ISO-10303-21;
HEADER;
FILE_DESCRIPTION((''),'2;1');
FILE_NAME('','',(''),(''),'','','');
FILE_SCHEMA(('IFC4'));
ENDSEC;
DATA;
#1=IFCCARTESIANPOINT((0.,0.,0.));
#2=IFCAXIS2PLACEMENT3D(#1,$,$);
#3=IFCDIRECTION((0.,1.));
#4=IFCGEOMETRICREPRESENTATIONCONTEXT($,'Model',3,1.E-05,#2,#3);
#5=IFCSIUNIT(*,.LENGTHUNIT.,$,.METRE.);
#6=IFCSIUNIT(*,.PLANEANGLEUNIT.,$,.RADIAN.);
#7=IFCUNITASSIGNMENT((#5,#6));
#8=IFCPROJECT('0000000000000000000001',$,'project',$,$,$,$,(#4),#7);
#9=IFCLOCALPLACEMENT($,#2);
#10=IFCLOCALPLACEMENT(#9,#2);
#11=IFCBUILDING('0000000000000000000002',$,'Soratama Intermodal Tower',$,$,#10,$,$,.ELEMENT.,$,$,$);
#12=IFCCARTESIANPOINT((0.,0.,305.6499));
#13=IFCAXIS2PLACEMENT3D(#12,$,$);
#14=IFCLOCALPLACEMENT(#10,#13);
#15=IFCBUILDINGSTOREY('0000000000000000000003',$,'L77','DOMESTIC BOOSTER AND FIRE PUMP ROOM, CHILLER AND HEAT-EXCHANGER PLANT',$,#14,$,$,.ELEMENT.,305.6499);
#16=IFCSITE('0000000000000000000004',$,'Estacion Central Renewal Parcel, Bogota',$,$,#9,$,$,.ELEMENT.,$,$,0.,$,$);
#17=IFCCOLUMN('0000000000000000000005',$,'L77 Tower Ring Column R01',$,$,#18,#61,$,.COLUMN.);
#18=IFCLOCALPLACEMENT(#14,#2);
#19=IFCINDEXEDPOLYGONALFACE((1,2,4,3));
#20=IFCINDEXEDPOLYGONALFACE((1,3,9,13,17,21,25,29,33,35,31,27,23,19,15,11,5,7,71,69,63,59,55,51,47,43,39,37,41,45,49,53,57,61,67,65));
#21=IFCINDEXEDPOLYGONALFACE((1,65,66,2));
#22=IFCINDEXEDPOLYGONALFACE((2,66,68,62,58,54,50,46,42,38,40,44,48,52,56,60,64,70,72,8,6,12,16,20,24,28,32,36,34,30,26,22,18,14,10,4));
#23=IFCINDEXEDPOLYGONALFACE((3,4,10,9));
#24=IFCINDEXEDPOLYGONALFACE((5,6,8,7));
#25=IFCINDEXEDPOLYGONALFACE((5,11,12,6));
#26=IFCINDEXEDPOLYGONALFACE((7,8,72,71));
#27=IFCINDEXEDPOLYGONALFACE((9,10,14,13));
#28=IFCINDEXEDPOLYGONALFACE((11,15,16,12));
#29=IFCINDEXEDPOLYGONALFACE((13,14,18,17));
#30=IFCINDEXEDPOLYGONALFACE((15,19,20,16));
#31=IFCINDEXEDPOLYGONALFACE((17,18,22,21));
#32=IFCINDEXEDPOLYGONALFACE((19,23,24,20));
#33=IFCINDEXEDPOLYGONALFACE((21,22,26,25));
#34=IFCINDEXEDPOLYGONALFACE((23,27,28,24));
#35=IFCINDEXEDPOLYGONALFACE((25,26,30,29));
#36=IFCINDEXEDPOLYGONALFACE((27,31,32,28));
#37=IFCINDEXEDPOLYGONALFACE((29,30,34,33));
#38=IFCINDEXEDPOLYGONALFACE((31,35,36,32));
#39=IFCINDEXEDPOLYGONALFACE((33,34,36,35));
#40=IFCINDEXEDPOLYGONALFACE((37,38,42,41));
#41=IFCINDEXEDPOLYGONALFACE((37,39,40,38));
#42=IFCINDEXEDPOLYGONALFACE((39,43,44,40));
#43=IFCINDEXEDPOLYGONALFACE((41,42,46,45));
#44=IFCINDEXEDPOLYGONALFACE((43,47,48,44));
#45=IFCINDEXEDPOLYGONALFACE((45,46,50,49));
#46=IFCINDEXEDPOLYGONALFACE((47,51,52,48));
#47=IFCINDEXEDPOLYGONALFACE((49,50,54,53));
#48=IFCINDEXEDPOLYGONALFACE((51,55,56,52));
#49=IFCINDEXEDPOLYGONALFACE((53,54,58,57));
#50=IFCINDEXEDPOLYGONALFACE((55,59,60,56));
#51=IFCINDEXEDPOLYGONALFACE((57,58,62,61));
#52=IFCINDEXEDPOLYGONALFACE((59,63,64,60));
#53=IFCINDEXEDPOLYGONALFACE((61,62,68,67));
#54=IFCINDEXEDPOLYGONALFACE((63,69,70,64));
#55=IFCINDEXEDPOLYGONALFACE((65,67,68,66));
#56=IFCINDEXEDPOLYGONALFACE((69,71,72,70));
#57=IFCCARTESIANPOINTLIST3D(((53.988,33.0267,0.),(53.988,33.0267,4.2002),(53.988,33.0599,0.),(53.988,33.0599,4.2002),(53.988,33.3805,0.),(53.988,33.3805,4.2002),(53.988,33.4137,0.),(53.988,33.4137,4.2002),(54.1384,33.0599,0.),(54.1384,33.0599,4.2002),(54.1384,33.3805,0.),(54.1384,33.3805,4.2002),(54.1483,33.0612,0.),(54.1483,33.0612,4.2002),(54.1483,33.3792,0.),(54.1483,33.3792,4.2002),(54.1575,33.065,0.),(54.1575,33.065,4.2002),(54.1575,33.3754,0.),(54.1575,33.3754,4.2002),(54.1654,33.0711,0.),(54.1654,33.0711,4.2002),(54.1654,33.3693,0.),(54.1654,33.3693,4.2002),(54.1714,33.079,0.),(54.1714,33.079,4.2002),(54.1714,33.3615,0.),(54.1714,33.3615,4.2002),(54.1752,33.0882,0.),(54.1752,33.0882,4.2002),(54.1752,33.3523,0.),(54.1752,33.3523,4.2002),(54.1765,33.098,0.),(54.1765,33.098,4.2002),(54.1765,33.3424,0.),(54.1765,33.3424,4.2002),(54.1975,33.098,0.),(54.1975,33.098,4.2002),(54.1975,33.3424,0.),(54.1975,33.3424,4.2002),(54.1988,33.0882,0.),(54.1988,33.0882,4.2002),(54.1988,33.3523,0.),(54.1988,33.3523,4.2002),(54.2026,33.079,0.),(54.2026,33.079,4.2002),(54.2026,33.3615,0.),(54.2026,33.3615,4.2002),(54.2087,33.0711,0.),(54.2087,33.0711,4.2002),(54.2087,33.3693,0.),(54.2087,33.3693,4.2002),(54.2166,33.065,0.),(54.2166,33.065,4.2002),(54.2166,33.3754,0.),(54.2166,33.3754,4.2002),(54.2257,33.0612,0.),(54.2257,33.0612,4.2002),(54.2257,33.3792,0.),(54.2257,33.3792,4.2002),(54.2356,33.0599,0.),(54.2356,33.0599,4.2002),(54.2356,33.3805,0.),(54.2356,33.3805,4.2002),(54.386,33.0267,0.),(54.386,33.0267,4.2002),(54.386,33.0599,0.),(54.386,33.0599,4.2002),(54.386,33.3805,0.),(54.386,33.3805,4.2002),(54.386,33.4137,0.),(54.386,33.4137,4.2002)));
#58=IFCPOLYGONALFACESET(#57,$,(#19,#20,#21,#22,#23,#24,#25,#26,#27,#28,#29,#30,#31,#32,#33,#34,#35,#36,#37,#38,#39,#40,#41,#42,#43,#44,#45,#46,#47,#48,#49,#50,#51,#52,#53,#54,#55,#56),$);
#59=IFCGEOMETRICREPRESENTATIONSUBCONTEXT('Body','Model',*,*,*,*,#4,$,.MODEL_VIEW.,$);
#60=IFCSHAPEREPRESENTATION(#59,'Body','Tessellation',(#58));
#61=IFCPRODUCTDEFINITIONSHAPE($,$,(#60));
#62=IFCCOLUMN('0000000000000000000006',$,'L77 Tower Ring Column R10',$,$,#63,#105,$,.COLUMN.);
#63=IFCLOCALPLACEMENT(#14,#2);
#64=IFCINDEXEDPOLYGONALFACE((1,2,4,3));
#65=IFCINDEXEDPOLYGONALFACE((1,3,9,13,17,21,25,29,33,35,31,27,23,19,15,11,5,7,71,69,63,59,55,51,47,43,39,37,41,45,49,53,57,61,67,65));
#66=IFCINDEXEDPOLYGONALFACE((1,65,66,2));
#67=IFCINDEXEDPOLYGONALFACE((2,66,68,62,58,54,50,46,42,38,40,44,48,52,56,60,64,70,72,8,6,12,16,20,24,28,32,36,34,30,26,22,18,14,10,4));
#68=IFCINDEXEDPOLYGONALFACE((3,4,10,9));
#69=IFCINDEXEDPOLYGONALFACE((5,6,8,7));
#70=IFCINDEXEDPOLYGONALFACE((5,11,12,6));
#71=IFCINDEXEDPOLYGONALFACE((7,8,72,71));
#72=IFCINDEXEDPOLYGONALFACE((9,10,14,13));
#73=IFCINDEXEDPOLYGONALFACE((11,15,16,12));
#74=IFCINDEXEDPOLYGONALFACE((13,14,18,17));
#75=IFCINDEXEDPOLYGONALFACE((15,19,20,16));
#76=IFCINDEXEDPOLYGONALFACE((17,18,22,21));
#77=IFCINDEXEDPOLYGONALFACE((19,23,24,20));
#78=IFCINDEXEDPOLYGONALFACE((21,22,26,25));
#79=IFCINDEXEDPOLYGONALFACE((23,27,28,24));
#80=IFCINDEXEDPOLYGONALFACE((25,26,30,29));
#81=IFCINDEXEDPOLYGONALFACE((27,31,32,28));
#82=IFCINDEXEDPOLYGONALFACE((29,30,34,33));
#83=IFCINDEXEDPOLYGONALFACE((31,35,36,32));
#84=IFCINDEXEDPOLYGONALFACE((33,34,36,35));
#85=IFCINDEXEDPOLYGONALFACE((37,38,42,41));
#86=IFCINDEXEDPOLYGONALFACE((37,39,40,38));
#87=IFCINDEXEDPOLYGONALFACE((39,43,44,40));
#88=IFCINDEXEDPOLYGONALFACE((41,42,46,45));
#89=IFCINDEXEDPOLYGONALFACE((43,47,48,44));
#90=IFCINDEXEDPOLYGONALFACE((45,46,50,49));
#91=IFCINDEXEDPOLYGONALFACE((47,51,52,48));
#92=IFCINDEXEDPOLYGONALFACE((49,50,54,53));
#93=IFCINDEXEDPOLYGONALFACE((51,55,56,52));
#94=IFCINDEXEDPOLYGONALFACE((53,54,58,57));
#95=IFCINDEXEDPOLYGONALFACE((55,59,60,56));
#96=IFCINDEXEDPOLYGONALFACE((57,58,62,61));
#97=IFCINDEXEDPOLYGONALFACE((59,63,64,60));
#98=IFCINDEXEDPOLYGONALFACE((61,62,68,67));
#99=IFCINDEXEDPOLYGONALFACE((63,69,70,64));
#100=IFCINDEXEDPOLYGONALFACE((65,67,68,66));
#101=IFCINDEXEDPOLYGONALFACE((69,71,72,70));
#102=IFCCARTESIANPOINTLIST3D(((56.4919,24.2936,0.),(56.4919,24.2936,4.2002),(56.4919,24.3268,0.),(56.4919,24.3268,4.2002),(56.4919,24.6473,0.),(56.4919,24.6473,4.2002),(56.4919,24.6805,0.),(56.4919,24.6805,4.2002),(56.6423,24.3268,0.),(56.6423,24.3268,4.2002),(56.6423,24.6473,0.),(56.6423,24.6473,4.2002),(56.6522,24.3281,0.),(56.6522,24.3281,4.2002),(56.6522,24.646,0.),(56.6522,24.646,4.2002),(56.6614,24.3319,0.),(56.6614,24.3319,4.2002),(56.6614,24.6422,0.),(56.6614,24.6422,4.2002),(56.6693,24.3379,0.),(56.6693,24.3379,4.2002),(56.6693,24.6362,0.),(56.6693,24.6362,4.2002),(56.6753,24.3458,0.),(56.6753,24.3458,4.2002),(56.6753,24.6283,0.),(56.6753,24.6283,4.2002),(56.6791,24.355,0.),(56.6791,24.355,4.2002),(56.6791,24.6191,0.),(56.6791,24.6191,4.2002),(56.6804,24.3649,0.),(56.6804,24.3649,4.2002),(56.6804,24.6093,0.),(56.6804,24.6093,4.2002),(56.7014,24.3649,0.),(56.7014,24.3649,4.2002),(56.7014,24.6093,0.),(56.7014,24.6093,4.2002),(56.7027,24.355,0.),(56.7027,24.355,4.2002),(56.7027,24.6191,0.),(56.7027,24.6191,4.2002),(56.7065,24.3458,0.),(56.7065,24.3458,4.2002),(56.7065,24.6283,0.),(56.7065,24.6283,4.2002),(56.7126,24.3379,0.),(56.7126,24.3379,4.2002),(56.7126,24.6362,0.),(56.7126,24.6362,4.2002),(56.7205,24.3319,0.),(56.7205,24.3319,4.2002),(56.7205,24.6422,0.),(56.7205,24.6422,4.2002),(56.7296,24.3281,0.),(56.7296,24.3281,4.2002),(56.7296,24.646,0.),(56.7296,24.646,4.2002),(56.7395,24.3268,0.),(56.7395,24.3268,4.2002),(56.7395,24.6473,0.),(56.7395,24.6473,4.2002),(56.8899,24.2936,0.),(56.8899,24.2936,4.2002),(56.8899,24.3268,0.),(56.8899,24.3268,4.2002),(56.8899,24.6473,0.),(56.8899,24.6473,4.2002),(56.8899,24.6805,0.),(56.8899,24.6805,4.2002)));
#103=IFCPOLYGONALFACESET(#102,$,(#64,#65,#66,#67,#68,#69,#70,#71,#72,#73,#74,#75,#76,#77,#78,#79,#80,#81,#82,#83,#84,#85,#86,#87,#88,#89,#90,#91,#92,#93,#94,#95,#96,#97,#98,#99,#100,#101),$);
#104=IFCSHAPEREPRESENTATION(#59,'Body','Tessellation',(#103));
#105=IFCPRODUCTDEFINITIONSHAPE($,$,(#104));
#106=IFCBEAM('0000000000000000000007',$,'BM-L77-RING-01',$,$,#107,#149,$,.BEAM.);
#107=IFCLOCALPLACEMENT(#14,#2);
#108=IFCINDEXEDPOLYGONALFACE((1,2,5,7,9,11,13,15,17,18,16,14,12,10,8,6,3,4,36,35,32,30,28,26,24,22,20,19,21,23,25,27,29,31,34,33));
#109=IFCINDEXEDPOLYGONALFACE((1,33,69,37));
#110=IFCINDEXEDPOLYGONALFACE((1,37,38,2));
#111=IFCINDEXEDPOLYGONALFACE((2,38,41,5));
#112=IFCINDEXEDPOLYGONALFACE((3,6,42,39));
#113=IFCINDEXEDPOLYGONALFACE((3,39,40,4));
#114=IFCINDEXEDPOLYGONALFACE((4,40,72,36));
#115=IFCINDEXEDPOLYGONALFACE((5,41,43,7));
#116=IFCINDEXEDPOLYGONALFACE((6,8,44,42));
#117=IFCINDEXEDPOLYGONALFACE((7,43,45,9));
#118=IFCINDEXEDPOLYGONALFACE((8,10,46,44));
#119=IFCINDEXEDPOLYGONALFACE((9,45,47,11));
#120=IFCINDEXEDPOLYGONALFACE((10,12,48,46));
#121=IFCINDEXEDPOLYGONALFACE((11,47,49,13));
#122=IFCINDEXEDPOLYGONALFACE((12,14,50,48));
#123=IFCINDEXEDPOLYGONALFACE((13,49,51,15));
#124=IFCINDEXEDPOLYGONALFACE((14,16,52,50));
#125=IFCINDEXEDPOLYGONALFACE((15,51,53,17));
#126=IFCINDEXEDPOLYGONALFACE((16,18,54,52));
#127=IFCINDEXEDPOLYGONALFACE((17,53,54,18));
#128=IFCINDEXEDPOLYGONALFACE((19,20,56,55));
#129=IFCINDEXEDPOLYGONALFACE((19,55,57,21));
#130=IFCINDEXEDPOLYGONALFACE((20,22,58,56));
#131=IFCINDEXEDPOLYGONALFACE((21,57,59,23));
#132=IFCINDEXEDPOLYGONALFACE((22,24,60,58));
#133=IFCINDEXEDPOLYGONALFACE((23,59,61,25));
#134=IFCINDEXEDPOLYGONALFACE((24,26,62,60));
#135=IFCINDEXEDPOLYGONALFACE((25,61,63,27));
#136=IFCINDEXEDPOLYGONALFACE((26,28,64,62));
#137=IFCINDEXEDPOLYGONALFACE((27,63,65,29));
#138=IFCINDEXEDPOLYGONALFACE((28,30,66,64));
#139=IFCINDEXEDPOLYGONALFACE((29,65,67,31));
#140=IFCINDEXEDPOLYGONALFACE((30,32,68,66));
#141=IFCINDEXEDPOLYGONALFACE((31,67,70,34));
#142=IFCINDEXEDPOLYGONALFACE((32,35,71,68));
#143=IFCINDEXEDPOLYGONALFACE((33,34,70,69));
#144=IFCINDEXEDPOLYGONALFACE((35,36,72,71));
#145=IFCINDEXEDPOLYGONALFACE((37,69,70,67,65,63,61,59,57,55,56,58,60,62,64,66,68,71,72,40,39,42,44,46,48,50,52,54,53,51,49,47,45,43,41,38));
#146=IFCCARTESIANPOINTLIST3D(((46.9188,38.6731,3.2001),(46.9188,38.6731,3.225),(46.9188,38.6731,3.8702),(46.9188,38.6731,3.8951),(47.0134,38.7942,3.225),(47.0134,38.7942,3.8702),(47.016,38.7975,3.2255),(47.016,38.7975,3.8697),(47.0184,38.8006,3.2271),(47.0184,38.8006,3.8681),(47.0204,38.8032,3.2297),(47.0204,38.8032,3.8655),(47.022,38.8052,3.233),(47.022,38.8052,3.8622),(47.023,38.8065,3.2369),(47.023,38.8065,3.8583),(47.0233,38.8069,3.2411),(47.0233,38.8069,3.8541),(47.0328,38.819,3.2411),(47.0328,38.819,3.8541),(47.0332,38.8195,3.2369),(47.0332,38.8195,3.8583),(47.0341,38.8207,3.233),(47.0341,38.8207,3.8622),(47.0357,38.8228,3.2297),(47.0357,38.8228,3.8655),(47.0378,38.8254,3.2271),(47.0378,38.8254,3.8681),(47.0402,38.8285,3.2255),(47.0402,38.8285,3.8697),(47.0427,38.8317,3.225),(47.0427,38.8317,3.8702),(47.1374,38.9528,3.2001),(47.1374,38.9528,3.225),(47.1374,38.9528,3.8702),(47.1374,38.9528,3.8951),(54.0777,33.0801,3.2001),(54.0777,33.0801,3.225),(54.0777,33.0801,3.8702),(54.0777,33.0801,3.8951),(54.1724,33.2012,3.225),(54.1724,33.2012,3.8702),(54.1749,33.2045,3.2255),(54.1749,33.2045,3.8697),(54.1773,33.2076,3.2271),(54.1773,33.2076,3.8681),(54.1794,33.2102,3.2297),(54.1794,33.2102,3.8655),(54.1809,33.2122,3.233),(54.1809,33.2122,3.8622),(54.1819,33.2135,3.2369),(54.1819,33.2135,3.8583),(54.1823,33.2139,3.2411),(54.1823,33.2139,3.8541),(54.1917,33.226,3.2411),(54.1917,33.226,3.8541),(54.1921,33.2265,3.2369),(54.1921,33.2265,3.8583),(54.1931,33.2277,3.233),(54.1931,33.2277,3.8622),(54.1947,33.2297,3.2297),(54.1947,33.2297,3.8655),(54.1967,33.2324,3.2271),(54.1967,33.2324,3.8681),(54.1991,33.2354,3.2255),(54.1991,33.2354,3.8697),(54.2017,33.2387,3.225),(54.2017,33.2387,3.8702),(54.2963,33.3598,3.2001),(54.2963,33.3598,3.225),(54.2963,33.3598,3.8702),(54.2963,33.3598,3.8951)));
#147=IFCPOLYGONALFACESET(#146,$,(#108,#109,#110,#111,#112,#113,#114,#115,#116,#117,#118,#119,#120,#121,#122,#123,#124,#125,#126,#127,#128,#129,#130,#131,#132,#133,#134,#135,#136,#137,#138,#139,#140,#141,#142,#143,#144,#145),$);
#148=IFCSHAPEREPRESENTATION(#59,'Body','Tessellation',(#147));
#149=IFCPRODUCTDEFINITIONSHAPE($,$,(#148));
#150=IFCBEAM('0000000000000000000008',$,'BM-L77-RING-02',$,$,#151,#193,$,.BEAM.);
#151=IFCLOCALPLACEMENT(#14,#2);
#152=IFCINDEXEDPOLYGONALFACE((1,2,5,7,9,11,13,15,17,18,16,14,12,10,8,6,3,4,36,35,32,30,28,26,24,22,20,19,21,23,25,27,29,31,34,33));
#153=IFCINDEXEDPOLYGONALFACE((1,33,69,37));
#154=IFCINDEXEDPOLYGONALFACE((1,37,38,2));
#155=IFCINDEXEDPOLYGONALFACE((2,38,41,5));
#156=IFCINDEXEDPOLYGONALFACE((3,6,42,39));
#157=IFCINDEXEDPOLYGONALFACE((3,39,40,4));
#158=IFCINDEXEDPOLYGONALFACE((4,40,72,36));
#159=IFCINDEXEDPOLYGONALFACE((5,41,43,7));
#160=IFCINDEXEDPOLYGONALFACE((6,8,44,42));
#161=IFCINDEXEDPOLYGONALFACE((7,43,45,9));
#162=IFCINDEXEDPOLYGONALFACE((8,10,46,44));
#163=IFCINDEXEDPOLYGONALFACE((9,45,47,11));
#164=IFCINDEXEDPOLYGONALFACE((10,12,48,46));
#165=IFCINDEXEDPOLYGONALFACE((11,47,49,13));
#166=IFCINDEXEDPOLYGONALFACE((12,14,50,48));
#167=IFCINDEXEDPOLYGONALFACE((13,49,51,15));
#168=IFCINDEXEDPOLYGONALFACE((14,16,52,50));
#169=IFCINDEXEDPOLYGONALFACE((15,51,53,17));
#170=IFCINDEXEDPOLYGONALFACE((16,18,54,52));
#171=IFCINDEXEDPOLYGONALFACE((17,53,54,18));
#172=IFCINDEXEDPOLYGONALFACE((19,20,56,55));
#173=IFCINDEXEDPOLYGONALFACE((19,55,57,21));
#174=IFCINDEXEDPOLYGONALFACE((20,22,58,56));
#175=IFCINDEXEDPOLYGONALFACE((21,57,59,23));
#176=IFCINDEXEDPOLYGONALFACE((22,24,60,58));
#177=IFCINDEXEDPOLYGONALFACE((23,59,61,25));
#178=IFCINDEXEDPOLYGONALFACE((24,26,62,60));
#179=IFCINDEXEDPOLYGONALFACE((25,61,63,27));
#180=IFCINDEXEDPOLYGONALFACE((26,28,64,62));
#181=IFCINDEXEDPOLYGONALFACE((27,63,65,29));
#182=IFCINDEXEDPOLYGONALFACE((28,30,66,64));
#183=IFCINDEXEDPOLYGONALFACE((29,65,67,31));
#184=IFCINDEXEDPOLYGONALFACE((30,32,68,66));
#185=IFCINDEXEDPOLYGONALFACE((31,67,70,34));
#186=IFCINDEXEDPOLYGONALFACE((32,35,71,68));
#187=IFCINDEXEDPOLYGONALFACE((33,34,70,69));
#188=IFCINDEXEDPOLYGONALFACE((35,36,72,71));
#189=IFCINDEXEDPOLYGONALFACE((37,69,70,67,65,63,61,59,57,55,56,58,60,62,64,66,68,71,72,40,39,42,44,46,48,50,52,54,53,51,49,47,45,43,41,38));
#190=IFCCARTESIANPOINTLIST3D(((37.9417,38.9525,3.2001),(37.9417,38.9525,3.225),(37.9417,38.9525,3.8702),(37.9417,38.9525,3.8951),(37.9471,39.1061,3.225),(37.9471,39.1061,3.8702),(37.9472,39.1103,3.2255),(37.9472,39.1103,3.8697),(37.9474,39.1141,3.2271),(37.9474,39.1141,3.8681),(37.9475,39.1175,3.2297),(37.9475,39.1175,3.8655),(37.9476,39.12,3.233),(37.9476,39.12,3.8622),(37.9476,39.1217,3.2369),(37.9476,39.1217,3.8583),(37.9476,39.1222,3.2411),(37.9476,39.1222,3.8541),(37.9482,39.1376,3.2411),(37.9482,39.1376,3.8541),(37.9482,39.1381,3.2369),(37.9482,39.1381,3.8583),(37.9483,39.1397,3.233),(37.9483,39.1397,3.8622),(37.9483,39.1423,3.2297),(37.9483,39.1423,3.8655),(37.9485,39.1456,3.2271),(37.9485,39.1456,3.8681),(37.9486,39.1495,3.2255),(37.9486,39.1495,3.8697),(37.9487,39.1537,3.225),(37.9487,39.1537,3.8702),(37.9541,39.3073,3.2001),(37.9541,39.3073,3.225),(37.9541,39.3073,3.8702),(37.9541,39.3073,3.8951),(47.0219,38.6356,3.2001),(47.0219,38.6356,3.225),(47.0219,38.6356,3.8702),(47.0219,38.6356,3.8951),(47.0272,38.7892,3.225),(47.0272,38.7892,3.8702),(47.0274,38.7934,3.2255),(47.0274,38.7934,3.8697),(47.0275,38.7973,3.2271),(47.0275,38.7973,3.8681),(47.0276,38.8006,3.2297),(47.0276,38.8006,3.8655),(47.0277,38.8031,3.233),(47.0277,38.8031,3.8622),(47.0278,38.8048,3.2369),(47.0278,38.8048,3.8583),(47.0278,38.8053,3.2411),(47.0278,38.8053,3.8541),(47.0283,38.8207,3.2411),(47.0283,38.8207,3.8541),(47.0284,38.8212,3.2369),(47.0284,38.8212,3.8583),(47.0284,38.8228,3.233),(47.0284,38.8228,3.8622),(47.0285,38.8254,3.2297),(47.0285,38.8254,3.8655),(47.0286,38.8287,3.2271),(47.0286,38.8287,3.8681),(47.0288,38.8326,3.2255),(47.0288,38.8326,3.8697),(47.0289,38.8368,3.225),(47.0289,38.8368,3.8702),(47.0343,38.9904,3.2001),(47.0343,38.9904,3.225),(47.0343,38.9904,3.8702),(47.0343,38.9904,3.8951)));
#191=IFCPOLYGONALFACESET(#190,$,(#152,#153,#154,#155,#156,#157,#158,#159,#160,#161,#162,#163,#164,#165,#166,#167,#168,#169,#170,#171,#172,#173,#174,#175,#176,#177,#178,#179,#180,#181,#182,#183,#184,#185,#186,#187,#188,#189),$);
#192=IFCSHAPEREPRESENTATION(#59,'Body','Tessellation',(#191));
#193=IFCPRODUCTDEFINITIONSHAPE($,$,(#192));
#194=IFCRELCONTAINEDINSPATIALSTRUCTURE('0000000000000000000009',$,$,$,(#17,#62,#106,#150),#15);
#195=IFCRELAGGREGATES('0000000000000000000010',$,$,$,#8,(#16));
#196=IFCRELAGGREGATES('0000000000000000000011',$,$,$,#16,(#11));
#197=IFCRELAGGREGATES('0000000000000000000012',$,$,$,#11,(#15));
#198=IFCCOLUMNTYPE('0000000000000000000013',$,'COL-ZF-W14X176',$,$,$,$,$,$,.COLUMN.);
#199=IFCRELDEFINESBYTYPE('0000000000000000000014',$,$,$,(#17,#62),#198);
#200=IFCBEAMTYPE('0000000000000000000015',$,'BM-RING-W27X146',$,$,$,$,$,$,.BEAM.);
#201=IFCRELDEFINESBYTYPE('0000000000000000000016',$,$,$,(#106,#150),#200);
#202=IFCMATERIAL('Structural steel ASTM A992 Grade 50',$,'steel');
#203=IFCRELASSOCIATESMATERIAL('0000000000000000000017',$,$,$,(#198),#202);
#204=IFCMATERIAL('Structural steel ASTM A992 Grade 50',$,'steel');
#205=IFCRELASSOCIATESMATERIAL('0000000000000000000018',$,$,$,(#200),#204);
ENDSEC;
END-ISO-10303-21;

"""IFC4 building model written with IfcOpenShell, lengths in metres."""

from ifc_helpers import new_model, si_unit, direction, frame, origin, origin_2d, place, context, subcontext, project, spatial, i_section, extrude, material, material_profile, profile_set, type_object, element, save


model = new_model("IFC4")

# Units and contexts
model_context = context("Model", 3, precision=1e-05, world=origin(), true_north=direction((0.0, 1.0)))
body_context = subcontext(model_context, "Body", "Model", "MODEL_VIEW")
ifc_project = project(units=[si_unit("LENGTHUNIT", "METRE"), si_unit("PLANEANGLEUNIT", "RADIAN")], contexts=[model_context])

# Site, building, storey
site_placement = place(None, origin())
site = spatial("IfcSite", under=ifc_project, at=site_placement, Name="Estacion Central Renewal Parcel, Bogota", CompositionType="ELEMENT", RefElevation=0.0)
building_placement = place(site_placement, origin())
building = spatial("IfcBuilding", under=site, at=building_placement, Name="Soratama Intermodal Tower", CompositionType="ELEMENT")
storey_placement = place(building_placement, frame((0.0, 0.0, 305.6499)))
storey = spatial("IfcBuildingStorey", under=building, at=storey_placement, Name="L77", Description="DOMESTIC BOOSTER AND FIRE PUMP ROOM, CHILLER AND HEAT-EXCHANGER PLANT", CompositionType="ELEMENT", Elevation=305.6499)

# Columns
ifc_material_1 = material(Name="Structural steel ASTM A992 Grade 50", Category="steel")
ifc_material_profile_1 = material_profile(ifc_material_1, i_section(OverallWidth=0.3979, OverallDepth=0.387, WebThickness=0.021, FlangeThickness=0.0332, FilletRadius=0.0381, at=origin_2d()), Name="W14X176")
ifc_profile_set_1 = profile_set([ifc_material_profile_1], Name="Structural steel ASTM A992 Grade 50")
column_type = type_object("IfcColumnType", Name="COL-ZF-W14X176", PredefinedType="COLUMN", material=ifc_profile_set_1)
for number, where, z_axis, x_axis, name in (
    (1, (54.187, 33.2202, 0.0), (0.0, 0.0, 1.0), (1.0, 0.0, 0.0), "L77 Tower Ring Column R01"),
    (2, (56.6909, 24.4871, 0.0), (0.0, 0.0, 1.0), (1.0, 0.0, 0.0), "L77 Tower Ring Column R10"),
):
    element("IfcColumn", number, at=place(storey_placement, frame(where, z_axis=z_axis, x_axis=x_axis)), inside=storey, type_object=column_type, Name=name, PredefinedType="COLUMN", context=body_context, shape_type="SweptSolid", body=[
        extrude(i_section(OverallWidth=0.3979, OverallDepth=0.387, WebThickness=0.021, FlangeThickness=0.0332, FilletRadius=0.0381, at=origin_2d()), origin(), (0.0, 0.0, 1.0), 4.2002),
    ])

# Beams
ifc_material_2 = material(Name="Structural steel ASTM A992 Grade 50", Category="steel")
ifc_material_profile_2 = material_profile(ifc_material_2, i_section(OverallWidth=0.355, OverallDepth=0.6951, WebThickness=0.0154, FlangeThickness=0.0249, FilletRadius=0.0161, at=origin_2d()), Name="W27X146")
ifc_profile_set_2 = profile_set([ifc_material_profile_2], Name="Structural steel ASTM A992 Grade 50")
beam_type_1 = type_object("IfcBeamType", Name="BM-RING-W27X146", PredefinedType="BEAM", material=ifc_profile_set_2)
beam_1_placement = place(storey_placement, frame((54.187, 33.22, 3.5476), z_axis=(-0.788019, 0.615651, 0.0), x_axis=(-0.615651, -0.788019, 0.0)))
element("IfcBeam", 3, at=beam_1_placement, inside=storey, type_object=beam_type_1, Name="BM-L77-RING-01", PredefinedType="BEAM", context=body_context, shape_type="SweptSolid", body=[
    extrude(i_section(OverallWidth=0.355, OverallDepth=0.6951, WebThickness=0.0154, FlangeThickness=0.0249, FilletRadius=0.0161, at=origin_2d()), origin(), (0.0, 0.0, 1.0), 9.0847),
])
beam_2_placement = place(storey_placement, frame((47.0281, 38.813, 3.5476), z_axis=(-0.999392, 0.034879, 0.0), x_axis=(-0.034879, -0.999392, 0.0)))
element("IfcBeam", 4, at=beam_2_placement, inside=storey, type_object=beam_type_1, Name="BM-L77-RING-02", PredefinedType="BEAM", context=body_context, shape_type="SweptSolid", body=[
    extrude(i_section(OverallWidth=0.355, OverallDepth=0.6951, WebThickness=0.0154, FlangeThickness=0.0249, FilletRadius=0.0161, at=origin_2d()), origin(), (0.0, 0.0, 1.0), 9.0857),
])

save(model, "model.ifc")
